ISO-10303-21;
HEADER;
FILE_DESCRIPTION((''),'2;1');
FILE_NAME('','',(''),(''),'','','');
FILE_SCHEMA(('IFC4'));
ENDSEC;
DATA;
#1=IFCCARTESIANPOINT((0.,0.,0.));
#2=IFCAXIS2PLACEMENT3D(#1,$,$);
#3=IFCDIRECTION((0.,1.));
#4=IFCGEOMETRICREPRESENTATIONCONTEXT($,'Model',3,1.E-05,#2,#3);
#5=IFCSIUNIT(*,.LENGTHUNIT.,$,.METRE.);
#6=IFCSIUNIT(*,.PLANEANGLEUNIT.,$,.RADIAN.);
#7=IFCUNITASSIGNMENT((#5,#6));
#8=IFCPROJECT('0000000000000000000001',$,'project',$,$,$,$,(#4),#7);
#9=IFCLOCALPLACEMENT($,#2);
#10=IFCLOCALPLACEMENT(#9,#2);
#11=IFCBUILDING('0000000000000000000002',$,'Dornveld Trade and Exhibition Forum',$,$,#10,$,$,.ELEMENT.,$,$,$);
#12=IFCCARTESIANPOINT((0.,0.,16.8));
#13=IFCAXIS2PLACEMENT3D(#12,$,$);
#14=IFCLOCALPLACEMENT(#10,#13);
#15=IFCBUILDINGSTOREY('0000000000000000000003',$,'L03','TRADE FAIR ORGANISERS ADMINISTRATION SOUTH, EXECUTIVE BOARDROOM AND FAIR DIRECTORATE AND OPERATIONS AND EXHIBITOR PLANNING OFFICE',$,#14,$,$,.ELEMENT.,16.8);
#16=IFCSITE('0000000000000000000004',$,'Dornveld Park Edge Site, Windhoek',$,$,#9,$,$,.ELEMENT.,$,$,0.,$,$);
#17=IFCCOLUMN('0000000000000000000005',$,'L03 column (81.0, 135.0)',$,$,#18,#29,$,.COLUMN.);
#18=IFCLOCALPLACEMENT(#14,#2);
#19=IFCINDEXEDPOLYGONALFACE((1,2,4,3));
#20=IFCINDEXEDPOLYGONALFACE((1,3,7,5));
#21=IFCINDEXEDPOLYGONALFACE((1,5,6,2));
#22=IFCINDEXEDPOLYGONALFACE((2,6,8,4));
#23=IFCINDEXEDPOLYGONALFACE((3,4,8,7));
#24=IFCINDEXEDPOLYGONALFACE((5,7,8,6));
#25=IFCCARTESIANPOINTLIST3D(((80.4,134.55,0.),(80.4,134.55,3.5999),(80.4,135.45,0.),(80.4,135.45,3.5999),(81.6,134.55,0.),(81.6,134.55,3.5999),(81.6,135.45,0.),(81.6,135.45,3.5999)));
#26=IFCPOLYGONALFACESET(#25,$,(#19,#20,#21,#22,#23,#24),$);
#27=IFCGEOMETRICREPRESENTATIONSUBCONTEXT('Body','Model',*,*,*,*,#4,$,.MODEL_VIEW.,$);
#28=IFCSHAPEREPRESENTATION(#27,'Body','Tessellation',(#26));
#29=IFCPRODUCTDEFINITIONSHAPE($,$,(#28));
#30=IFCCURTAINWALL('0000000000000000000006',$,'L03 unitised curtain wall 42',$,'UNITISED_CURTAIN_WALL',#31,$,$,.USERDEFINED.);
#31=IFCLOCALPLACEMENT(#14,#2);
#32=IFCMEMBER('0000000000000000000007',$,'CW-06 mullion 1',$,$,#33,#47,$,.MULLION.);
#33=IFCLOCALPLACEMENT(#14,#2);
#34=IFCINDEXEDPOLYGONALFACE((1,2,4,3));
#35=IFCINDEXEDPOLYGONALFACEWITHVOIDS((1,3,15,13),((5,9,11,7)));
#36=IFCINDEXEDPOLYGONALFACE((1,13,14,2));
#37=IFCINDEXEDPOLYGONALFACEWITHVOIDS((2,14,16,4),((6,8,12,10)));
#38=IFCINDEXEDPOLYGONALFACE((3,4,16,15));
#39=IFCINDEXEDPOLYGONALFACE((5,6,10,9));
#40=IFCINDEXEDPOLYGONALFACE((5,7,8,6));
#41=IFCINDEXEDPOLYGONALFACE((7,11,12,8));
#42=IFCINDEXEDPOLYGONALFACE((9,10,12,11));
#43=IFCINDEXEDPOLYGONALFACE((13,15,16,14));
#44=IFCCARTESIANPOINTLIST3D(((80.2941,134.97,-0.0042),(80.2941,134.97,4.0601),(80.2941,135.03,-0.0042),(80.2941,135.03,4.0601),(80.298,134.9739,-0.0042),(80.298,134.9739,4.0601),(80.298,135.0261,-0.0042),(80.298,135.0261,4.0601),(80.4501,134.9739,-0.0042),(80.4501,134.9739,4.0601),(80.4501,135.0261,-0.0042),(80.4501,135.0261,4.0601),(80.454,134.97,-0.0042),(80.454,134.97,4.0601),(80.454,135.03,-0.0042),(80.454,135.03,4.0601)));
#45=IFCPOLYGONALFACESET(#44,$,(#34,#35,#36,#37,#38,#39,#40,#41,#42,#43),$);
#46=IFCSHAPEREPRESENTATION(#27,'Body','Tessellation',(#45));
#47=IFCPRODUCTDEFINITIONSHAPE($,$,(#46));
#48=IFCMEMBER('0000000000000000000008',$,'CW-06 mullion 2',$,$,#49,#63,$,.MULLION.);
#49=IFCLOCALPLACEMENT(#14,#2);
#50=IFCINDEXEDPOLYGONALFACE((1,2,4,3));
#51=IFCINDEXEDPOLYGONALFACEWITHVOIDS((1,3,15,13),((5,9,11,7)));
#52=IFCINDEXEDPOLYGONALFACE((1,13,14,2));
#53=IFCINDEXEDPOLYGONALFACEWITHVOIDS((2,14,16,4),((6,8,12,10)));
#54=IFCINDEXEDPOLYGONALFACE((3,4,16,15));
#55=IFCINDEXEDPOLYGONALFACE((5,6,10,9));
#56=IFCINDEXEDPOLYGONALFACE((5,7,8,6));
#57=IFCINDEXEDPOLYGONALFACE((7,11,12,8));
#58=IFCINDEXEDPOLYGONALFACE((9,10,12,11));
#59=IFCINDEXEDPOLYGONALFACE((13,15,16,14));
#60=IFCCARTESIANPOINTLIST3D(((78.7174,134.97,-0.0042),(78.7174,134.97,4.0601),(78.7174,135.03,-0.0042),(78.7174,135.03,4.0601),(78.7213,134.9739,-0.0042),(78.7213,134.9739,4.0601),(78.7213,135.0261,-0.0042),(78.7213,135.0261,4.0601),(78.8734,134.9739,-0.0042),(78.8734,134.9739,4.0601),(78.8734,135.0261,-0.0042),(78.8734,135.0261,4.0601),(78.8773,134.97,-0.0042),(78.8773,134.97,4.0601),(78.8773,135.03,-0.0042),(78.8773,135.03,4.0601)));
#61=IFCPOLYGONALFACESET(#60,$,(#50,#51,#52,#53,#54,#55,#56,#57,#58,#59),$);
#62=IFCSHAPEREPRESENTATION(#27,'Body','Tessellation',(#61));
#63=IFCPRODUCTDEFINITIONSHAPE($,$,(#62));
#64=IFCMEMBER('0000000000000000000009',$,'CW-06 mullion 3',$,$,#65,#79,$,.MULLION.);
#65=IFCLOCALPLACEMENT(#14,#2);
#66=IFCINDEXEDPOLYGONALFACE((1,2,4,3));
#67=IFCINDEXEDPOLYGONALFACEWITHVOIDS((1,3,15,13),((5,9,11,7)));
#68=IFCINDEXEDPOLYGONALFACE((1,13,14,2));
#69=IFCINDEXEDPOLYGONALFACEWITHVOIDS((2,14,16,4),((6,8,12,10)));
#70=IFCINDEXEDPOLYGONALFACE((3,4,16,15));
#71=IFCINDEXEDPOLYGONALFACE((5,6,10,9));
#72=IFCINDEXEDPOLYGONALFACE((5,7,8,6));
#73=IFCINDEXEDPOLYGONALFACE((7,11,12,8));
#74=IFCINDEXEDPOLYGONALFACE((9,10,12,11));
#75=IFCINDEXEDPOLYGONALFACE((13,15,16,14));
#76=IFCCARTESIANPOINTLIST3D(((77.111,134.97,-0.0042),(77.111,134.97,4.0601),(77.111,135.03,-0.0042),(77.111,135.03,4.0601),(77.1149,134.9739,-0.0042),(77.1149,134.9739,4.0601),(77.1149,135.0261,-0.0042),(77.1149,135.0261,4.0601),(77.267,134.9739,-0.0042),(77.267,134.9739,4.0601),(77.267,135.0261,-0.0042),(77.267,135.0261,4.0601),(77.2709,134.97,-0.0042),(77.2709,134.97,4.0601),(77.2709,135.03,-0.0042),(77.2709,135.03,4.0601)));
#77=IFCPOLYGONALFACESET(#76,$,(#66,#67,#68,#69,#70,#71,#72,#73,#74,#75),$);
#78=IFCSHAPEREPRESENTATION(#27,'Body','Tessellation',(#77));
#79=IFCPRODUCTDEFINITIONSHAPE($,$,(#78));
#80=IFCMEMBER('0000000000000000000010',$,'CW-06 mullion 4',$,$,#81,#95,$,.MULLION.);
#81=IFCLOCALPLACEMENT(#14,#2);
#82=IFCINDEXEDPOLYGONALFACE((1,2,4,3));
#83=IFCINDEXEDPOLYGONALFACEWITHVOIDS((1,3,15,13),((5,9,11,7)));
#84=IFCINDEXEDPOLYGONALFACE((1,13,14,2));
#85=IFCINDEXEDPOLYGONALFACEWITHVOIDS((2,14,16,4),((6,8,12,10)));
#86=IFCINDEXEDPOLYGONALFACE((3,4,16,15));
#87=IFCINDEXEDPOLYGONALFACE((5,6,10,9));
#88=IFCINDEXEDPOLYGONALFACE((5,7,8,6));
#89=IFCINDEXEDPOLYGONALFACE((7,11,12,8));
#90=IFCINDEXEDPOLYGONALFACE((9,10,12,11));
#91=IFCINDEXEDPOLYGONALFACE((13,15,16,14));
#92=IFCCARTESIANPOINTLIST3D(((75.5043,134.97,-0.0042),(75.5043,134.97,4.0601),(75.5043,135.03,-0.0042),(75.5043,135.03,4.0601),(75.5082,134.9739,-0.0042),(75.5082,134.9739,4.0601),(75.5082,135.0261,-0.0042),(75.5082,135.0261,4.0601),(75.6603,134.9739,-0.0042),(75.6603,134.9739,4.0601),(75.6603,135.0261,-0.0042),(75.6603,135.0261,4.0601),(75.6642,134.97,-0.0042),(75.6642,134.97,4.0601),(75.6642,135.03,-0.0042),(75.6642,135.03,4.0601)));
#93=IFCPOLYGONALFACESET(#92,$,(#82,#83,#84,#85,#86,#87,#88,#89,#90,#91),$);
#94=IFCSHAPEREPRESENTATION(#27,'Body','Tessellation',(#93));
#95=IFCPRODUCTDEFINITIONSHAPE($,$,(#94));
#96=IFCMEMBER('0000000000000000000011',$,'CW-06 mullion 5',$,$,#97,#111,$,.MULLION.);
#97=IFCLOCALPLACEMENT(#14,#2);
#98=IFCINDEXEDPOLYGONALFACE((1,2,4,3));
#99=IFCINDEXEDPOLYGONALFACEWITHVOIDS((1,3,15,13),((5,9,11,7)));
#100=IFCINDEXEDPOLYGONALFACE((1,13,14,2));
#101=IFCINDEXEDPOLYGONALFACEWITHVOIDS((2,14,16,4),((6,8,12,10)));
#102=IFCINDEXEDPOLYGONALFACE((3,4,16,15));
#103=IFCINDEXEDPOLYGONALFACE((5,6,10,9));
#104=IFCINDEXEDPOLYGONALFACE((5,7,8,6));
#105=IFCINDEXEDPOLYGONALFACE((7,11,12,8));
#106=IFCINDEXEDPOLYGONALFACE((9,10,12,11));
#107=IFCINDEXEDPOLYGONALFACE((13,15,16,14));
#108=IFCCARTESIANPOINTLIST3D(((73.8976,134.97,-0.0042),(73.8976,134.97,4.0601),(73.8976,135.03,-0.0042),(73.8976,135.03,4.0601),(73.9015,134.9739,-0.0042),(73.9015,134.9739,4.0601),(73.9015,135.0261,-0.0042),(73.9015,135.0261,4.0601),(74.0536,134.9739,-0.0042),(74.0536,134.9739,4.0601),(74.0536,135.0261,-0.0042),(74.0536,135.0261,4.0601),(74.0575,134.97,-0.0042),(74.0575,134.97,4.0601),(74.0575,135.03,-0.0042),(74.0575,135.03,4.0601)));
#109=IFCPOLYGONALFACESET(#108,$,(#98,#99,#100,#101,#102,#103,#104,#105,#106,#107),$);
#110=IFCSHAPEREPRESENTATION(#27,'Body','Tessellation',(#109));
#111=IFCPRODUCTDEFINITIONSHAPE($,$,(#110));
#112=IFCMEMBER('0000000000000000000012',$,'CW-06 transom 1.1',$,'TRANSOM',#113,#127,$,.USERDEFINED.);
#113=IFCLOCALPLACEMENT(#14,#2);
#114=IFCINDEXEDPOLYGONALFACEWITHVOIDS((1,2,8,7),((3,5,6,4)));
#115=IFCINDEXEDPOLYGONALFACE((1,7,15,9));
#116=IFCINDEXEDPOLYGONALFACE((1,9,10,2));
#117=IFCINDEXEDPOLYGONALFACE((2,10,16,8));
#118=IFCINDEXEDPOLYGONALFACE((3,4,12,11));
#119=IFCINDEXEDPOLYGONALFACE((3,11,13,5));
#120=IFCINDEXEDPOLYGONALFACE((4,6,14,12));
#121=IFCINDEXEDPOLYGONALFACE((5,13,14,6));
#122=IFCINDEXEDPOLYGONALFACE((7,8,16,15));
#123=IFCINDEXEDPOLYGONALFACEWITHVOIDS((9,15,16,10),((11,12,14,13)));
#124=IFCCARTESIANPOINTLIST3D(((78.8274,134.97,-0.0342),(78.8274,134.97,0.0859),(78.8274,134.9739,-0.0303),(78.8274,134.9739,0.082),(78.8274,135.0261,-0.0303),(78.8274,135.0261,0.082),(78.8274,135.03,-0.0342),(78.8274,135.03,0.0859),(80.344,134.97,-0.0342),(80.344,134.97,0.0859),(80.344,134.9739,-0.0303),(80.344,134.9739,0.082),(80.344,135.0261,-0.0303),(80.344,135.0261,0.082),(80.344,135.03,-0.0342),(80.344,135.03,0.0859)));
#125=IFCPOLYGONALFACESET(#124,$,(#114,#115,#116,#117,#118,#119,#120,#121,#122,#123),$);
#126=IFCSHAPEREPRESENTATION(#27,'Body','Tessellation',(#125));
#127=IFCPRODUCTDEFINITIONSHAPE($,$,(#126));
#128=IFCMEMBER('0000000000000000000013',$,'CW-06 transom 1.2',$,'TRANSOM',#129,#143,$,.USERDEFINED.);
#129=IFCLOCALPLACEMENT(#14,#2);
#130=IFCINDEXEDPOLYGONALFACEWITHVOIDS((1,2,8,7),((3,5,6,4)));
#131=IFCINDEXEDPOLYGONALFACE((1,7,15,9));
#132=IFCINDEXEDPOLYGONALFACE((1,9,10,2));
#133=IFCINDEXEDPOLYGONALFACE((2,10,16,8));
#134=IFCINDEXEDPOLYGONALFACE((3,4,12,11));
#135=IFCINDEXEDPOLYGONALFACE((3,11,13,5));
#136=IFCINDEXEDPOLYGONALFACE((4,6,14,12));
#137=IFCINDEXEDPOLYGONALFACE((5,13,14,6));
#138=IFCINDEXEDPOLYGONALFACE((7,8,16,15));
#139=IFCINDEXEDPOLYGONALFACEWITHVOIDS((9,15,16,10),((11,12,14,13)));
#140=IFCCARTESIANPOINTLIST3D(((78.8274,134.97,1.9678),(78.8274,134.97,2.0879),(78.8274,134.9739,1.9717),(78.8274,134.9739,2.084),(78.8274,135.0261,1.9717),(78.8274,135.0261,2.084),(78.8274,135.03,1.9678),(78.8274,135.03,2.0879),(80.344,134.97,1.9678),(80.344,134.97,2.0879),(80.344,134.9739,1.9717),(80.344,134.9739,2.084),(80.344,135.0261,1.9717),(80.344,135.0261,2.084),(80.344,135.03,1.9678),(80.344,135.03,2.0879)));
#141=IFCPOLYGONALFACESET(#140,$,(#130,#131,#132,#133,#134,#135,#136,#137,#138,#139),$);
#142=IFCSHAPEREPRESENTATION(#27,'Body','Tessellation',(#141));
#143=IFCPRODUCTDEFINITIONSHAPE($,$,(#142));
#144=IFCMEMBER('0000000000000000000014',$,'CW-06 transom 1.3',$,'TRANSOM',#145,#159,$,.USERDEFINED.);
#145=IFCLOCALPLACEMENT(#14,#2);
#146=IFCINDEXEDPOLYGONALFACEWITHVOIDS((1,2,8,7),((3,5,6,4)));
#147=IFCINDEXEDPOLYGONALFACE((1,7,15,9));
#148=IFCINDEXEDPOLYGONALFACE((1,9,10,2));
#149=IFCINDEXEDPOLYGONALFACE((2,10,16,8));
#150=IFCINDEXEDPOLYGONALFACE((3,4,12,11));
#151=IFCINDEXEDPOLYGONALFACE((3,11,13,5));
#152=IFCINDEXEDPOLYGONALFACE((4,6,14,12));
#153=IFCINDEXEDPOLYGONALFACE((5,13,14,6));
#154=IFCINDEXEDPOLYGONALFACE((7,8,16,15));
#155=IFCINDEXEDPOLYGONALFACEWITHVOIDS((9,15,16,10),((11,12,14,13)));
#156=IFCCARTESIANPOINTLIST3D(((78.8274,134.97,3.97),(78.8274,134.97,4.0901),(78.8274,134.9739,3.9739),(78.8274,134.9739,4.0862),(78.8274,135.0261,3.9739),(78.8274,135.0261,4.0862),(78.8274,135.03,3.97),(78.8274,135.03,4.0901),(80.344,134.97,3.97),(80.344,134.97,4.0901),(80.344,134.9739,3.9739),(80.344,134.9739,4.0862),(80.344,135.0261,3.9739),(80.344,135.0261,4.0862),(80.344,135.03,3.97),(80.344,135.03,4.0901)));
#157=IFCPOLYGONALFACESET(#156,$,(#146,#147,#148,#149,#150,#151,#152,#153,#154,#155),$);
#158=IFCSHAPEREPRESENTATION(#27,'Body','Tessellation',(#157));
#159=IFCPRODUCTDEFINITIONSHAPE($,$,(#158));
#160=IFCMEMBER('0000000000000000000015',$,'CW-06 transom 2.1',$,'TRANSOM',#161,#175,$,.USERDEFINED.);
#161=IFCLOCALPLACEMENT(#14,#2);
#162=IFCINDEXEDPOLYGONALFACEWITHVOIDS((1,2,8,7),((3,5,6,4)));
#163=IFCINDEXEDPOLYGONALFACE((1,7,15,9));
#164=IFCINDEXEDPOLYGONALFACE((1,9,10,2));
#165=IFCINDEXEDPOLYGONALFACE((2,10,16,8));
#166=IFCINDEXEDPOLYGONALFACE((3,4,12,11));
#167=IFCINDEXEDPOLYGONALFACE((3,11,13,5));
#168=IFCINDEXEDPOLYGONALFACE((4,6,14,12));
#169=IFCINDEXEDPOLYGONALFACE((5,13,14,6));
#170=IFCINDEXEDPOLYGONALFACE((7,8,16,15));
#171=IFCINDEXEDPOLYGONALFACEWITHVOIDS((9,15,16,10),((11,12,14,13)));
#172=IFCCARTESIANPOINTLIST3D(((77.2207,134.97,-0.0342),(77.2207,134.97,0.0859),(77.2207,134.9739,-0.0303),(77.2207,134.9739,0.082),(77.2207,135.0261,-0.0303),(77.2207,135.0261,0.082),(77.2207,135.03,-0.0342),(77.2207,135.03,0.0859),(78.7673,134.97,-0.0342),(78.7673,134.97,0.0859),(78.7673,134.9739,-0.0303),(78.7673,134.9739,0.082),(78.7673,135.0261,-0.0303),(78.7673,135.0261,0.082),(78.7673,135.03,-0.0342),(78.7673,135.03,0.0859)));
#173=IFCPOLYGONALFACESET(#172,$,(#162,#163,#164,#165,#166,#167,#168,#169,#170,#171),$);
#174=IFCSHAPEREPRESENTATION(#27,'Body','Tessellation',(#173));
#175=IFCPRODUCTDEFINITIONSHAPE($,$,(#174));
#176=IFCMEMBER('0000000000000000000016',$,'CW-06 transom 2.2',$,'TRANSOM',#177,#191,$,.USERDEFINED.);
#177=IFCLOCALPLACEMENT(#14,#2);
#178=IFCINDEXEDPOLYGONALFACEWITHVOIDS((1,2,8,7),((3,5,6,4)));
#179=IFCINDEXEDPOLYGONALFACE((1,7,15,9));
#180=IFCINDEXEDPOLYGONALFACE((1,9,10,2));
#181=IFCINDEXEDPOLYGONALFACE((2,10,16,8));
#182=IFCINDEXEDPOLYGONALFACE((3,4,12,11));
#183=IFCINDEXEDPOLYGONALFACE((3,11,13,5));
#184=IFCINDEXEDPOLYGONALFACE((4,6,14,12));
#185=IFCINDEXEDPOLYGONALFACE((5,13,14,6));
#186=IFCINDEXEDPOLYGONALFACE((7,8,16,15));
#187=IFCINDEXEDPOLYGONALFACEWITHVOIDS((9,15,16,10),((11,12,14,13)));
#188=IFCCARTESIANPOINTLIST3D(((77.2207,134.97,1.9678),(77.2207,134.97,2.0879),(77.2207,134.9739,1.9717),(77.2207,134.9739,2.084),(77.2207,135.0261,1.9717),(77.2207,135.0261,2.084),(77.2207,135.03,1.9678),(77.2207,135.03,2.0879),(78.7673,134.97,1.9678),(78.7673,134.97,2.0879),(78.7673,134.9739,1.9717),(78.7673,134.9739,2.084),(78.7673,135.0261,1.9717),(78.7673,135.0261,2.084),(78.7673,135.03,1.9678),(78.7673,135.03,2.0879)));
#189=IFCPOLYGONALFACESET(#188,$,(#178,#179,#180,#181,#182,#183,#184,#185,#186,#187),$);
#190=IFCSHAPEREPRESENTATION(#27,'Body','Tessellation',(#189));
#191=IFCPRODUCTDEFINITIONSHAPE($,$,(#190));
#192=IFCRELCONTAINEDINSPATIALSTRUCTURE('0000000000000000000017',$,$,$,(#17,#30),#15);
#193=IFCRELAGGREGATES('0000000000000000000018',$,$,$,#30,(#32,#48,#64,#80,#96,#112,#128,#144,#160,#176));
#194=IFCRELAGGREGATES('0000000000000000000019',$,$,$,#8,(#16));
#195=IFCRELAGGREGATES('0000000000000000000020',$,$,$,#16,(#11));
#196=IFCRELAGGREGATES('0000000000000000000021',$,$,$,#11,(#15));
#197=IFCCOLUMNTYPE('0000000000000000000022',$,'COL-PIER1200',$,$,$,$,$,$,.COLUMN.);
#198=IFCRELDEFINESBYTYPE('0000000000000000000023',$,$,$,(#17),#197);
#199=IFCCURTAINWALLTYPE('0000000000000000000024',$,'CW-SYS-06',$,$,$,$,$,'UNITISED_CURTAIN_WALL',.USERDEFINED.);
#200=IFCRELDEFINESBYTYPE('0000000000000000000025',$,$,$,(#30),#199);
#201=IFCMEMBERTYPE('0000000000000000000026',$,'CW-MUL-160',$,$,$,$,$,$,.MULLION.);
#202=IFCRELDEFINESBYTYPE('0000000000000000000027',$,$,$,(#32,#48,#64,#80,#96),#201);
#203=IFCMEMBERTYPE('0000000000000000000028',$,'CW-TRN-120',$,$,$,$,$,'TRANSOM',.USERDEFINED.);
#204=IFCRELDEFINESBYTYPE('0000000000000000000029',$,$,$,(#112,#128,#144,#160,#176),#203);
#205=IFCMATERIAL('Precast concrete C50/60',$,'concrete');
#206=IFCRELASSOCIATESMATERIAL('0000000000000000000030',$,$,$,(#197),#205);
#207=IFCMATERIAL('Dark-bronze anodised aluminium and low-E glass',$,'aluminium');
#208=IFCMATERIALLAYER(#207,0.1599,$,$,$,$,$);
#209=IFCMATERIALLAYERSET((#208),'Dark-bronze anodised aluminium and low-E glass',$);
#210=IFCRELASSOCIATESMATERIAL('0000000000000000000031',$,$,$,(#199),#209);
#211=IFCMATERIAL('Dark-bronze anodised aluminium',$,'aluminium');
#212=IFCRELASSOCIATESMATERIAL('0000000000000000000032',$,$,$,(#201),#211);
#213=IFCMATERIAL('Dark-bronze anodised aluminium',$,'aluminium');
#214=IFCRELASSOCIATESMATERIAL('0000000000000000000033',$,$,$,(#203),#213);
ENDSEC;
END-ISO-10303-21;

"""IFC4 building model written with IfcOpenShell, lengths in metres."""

from ifc_helpers import new_model, si_unit, direction, frame, origin, origin_2d, place, context, subcontext, project, spatial, rectangle, hollow_rectangle, extrude, material, layer, layer_set, material_profile, profile_set, type_object, element, aggregate, save


model = new_model("IFC4")

# Units and contexts
model_context = context("Model", 3, precision=1e-05, world=origin(), true_north=direction((0.0, 1.0)))
body_context = subcontext(model_context, "Body", "Model", "MODEL_VIEW")
ifc_project = project(units=[si_unit("LENGTHUNIT", "METRE"), si_unit("PLANEANGLEUNIT", "RADIAN")], contexts=[model_context])

# Site, building, storey
site_placement = place(None, origin())
site = spatial("IfcSite", under=ifc_project, at=site_placement, Name="Dornveld Park Edge Site, Windhoek", CompositionType="ELEMENT", RefElevation=0.0)
building_placement = place(site_placement, origin())
building = spatial("IfcBuilding", under=site, at=building_placement, Name="Dornveld Trade and Exhibition Forum", CompositionType="ELEMENT")
storey_placement = place(building_placement, frame((0.0, 0.0, 16.8)))
storey = spatial("IfcBuildingStorey", under=building, at=storey_placement, Name="L03", Description="TRADE FAIR ORGANISERS ADMINISTRATION SOUTH, EXECUTIVE BOARDROOM AND FAIR DIRECTORATE AND OPERATIONS AND EXHIBITOR PLANNING OFFICE", CompositionType="ELEMENT", Elevation=16.8)

# Column
ifc_material_1 = material(Name="Precast concrete C50/60", Category="concrete")
ifc_material_profile_1 = material_profile(ifc_material_1, rectangle(XDim=1.2, YDim=0.8999, at=origin_2d()), Name="PC-PIER 1200x900")
ifc_profile_set_1 = profile_set([ifc_material_profile_1], Name="Precast concrete C50/60")
column_type = type_object("IfcColumnType", Name="COL-PIER1200", PredefinedType="COLUMN", material=ifc_profile_set_1)
column_placement = place(storey_placement, frame((81.0, 135.0, 0.0), z_axis=(0.0, 0.0, 1.0), x_axis=(1.0, 0.0, 0.0)))
element("IfcColumn", 1, at=column_placement, inside=storey, type_object=column_type, Name="L03 column (81.0, 135.0)", PredefinedType="COLUMN", context=body_context, shape_type="SweptSolid", body=[
    extrude(rectangle(XDim=1.2, YDim=0.8999, at=origin_2d()), origin(), (0.0, 0.0, 1.0), 3.5999),
])

# Curtain wall, members
ifc_material_2 = material(Name="Dark-bronze anodised aluminium and low-E glass", Category="aluminium")
ifc_layer_1 = layer(ifc_material_2, 0.1599)
ifc_layer_set_1 = layer_set([ifc_layer_1], Name="Dark-bronze anodised aluminium and low-E glass")
curtain_wall_type = type_object("IfcCurtainWallType", Name="CW-SYS-06", ElementType="UNITISED_CURTAIN_WALL", PredefinedType="USERDEFINED", material=ifc_layer_set_1)
curtain_wall_placement = place(storey_placement, origin())
curtain_wall = element("IfcCurtainWall", 2, at=curtain_wall_placement, inside=storey, type_object=curtain_wall_type, Name="L03 unitised curtain wall 42", ObjectType="UNITISED_CURTAIN_WALL", PredefinedType="USERDEFINED")
ifc_material_3 = material(Name="Dark-bronze anodised aluminium", Category="aluminium")
ifc_material_profile_2 = material_profile(ifc_material_3, hollow_rectangle(XDim=0.0601, YDim=0.1599, WallThickness=0.0039, at=origin_2d()), Name="RHS 160x60x4")
ifc_profile_set_2 = profile_set([ifc_material_profile_2], Name="Dark-bronze anodised aluminium")
member_type_1 = type_object("IfcMemberType", Name="CW-MUL-160", PredefinedType="MULLION", material=ifc_profile_set_2)
member_1_placement = place(storey_placement, frame((80.374, 135.0, -0.0042), z_axis=(0.0, 0.0, 1.0), x_axis=(0.0, -1.0, 0.0)))
member_1 = element("IfcMember", 3, at=member_1_placement, type_object=member_type_1, Name="CW-06 mullion 1", PredefinedType="MULLION", context=body_context, shape_type="SweptSolid", body=[
    extrude(hollow_rectangle(XDim=0.0601, YDim=0.1599, WallThickness=0.0039, at=origin_2d()), origin(), (0.0, 0.0, 1.0), 4.0642),
])
member_2_placement = place(storey_placement, frame((78.7974, 135.0, -0.0042), z_axis=(0.0, 0.0, 1.0), x_axis=(0.0, -1.0, 0.0)))
member_2 = element("IfcMember", 4, at=member_2_placement, type_object=member_type_1, Name="CW-06 mullion 2", PredefinedType="MULLION", context=body_context, shape_type="SweptSolid", body=[
    extrude(hollow_rectangle(XDim=0.0601, YDim=0.1599, WallThickness=0.0039, at=origin_2d()), origin(), (0.0, 0.0, 1.0), 4.0642),
])
member_3_placement = place(storey_placement, frame((77.1909, 135.0, -0.0042), z_axis=(0.0, 0.0, 1.0), x_axis=(0.0, -1.0, 0.0)))
member_3 = element("IfcMember", 5, at=member_3_placement, type_object=member_type_1, Name="CW-06 mullion 3", PredefinedType="MULLION", context=body_context, shape_type="SweptSolid", body=[
    extrude(hollow_rectangle(XDim=0.0601, YDim=0.1599, WallThickness=0.0039, at=origin_2d()), origin(), (0.0, 0.0, 1.0), 4.0642),
])
member_4_placement = place(storey_placement, frame((75.5842, 135.0, -0.0042), z_axis=(0.0, 0.0, 1.0), x_axis=(0.0, -1.0, 0.0)))
member_4 = element("IfcMember", 6, at=member_4_placement, type_object=member_type_1, Name="CW-06 mullion 4", PredefinedType="MULLION", context=body_context, shape_type="SweptSolid", body=[
    extrude(hollow_rectangle(XDim=0.0601, YDim=0.1599, WallThickness=0.0039, at=origin_2d()), origin(), (0.0, 0.0, 1.0), 4.0642),
])
member_5_placement = place(storey_placement, frame((73.9775, 135.0, -0.0042), z_axis=(0.0, 0.0, 1.0), x_axis=(0.0, -1.0, 0.0)))
member_5 = element("IfcMember", 7, at=member_5_placement, type_object=member_type_1, Name="CW-06 mullion 5", PredefinedType="MULLION", context=body_context, shape_type="SweptSolid", body=[
    extrude(hollow_rectangle(XDim=0.0601, YDim=0.1599, WallThickness=0.0039, at=origin_2d()), origin(), (0.0, 0.0, 1.0), 4.0642),
])
ifc_material_4 = material(Name="Dark-bronze anodised aluminium", Category="aluminium")
ifc_material_profile_3 = material_profile(ifc_material_4, hollow_rectangle(XDim=0.0601, YDim=0.1201, WallThickness=0.0039, at=origin_2d()), Name="RHS 120x60x4")
ifc_profile_set_3 = profile_set([ifc_material_profile_3], Name="Dark-bronze anodised aluminium")
member_type_2 = type_object("IfcMemberType", Name="CW-TRN-120", ElementType="TRANSOM", PredefinedType="USERDEFINED", material=ifc_profile_set_3)
member_6_placement = place(storey_placement, frame((80.344, 135.0, 0.0259), z_axis=(-1.0, 0.0, 0.0), x_axis=(0.0, -1.0, 0.0)))
member_6 = element("IfcMember", 8, at=member_6_placement, type_object=member_type_2, Name="CW-06 transom 1.1", ObjectType="TRANSOM", PredefinedType="USERDEFINED", context=body_context, shape_type="SweptSolid", body=[
    extrude(hollow_rectangle(XDim=0.0601, YDim=0.1201, WallThickness=0.0039, at=origin_2d()), origin(), (0.0, 0.0, 1.0), 1.5166),
])
member_7_placement = place(storey_placement, frame((80.344, 135.0, 2.0278), z_axis=(-1.0, 0.0, 0.0), x_axis=(0.0, -1.0, 0.0)))
member_7 = element("IfcMember", 9, at=member_7_placement, type_object=member_type_2, Name="CW-06 transom 1.2", ObjectType="TRANSOM", PredefinedType="USERDEFINED", context=body_context, shape_type="SweptSolid", body=[
    extrude(hollow_rectangle(XDim=0.0601, YDim=0.1201, WallThickness=0.0039, at=origin_2d()), origin(), (0.0, 0.0, 1.0), 1.5166),
])
member_8_placement = place(storey_placement, frame((80.344, 135.0, 4.03), z_axis=(-1.0, 0.0, 0.0), x_axis=(0.0, -1.0, 0.0)))
member_8 = element("IfcMember", 10, at=member_8_placement, type_object=member_type_2, Name="CW-06 transom 1.3", ObjectType="TRANSOM", PredefinedType="USERDEFINED", context=body_context, shape_type="SweptSolid", body=[
    extrude(hollow_rectangle(XDim=0.0601, YDim=0.1201, WallThickness=0.0039, at=origin_2d()), origin(), (0.0, 0.0, 1.0), 1.5166),
])
member_9_placement = place(storey_placement, frame((78.7673, 135.0, 0.0259), z_axis=(-1.0, 0.0, 0.0), x_axis=(0.0, -1.0, 0.0)))
member_9 = element("IfcMember", 11, at=member_9_placement, type_object=member_type_2, Name="CW-06 transom 2.1", ObjectType="TRANSOM", PredefinedType="USERDEFINED", context=body_context, shape_type="SweptSolid", body=[
    extrude(hollow_rectangle(XDim=0.0601, YDim=0.1201, WallThickness=0.0039, at=origin_2d()), origin(), (0.0, 0.0, 1.0), 1.5466),
])
member_10_placement = place(storey_placement, frame((78.7673, 135.0, 2.0278), z_axis=(-1.0, 0.0, 0.0), x_axis=(0.0, -1.0, 0.0)))
member_10 = element("IfcMember", 12, at=member_10_placement, type_object=member_type_2, Name="CW-06 transom 2.2", ObjectType="TRANSOM", PredefinedType="USERDEFINED", context=body_context, shape_type="SweptSolid", body=[
    extrude(hollow_rectangle(XDim=0.0601, YDim=0.1201, WallThickness=0.0039, at=origin_2d()), origin(), (0.0, 0.0, 1.0), 1.5466),
])

aggregate(curtain_wall, [member_1, member_2, member_3, member_4, member_5, member_6, member_7, member_8, member_9, member_10])

save(model, "model.ifc")
